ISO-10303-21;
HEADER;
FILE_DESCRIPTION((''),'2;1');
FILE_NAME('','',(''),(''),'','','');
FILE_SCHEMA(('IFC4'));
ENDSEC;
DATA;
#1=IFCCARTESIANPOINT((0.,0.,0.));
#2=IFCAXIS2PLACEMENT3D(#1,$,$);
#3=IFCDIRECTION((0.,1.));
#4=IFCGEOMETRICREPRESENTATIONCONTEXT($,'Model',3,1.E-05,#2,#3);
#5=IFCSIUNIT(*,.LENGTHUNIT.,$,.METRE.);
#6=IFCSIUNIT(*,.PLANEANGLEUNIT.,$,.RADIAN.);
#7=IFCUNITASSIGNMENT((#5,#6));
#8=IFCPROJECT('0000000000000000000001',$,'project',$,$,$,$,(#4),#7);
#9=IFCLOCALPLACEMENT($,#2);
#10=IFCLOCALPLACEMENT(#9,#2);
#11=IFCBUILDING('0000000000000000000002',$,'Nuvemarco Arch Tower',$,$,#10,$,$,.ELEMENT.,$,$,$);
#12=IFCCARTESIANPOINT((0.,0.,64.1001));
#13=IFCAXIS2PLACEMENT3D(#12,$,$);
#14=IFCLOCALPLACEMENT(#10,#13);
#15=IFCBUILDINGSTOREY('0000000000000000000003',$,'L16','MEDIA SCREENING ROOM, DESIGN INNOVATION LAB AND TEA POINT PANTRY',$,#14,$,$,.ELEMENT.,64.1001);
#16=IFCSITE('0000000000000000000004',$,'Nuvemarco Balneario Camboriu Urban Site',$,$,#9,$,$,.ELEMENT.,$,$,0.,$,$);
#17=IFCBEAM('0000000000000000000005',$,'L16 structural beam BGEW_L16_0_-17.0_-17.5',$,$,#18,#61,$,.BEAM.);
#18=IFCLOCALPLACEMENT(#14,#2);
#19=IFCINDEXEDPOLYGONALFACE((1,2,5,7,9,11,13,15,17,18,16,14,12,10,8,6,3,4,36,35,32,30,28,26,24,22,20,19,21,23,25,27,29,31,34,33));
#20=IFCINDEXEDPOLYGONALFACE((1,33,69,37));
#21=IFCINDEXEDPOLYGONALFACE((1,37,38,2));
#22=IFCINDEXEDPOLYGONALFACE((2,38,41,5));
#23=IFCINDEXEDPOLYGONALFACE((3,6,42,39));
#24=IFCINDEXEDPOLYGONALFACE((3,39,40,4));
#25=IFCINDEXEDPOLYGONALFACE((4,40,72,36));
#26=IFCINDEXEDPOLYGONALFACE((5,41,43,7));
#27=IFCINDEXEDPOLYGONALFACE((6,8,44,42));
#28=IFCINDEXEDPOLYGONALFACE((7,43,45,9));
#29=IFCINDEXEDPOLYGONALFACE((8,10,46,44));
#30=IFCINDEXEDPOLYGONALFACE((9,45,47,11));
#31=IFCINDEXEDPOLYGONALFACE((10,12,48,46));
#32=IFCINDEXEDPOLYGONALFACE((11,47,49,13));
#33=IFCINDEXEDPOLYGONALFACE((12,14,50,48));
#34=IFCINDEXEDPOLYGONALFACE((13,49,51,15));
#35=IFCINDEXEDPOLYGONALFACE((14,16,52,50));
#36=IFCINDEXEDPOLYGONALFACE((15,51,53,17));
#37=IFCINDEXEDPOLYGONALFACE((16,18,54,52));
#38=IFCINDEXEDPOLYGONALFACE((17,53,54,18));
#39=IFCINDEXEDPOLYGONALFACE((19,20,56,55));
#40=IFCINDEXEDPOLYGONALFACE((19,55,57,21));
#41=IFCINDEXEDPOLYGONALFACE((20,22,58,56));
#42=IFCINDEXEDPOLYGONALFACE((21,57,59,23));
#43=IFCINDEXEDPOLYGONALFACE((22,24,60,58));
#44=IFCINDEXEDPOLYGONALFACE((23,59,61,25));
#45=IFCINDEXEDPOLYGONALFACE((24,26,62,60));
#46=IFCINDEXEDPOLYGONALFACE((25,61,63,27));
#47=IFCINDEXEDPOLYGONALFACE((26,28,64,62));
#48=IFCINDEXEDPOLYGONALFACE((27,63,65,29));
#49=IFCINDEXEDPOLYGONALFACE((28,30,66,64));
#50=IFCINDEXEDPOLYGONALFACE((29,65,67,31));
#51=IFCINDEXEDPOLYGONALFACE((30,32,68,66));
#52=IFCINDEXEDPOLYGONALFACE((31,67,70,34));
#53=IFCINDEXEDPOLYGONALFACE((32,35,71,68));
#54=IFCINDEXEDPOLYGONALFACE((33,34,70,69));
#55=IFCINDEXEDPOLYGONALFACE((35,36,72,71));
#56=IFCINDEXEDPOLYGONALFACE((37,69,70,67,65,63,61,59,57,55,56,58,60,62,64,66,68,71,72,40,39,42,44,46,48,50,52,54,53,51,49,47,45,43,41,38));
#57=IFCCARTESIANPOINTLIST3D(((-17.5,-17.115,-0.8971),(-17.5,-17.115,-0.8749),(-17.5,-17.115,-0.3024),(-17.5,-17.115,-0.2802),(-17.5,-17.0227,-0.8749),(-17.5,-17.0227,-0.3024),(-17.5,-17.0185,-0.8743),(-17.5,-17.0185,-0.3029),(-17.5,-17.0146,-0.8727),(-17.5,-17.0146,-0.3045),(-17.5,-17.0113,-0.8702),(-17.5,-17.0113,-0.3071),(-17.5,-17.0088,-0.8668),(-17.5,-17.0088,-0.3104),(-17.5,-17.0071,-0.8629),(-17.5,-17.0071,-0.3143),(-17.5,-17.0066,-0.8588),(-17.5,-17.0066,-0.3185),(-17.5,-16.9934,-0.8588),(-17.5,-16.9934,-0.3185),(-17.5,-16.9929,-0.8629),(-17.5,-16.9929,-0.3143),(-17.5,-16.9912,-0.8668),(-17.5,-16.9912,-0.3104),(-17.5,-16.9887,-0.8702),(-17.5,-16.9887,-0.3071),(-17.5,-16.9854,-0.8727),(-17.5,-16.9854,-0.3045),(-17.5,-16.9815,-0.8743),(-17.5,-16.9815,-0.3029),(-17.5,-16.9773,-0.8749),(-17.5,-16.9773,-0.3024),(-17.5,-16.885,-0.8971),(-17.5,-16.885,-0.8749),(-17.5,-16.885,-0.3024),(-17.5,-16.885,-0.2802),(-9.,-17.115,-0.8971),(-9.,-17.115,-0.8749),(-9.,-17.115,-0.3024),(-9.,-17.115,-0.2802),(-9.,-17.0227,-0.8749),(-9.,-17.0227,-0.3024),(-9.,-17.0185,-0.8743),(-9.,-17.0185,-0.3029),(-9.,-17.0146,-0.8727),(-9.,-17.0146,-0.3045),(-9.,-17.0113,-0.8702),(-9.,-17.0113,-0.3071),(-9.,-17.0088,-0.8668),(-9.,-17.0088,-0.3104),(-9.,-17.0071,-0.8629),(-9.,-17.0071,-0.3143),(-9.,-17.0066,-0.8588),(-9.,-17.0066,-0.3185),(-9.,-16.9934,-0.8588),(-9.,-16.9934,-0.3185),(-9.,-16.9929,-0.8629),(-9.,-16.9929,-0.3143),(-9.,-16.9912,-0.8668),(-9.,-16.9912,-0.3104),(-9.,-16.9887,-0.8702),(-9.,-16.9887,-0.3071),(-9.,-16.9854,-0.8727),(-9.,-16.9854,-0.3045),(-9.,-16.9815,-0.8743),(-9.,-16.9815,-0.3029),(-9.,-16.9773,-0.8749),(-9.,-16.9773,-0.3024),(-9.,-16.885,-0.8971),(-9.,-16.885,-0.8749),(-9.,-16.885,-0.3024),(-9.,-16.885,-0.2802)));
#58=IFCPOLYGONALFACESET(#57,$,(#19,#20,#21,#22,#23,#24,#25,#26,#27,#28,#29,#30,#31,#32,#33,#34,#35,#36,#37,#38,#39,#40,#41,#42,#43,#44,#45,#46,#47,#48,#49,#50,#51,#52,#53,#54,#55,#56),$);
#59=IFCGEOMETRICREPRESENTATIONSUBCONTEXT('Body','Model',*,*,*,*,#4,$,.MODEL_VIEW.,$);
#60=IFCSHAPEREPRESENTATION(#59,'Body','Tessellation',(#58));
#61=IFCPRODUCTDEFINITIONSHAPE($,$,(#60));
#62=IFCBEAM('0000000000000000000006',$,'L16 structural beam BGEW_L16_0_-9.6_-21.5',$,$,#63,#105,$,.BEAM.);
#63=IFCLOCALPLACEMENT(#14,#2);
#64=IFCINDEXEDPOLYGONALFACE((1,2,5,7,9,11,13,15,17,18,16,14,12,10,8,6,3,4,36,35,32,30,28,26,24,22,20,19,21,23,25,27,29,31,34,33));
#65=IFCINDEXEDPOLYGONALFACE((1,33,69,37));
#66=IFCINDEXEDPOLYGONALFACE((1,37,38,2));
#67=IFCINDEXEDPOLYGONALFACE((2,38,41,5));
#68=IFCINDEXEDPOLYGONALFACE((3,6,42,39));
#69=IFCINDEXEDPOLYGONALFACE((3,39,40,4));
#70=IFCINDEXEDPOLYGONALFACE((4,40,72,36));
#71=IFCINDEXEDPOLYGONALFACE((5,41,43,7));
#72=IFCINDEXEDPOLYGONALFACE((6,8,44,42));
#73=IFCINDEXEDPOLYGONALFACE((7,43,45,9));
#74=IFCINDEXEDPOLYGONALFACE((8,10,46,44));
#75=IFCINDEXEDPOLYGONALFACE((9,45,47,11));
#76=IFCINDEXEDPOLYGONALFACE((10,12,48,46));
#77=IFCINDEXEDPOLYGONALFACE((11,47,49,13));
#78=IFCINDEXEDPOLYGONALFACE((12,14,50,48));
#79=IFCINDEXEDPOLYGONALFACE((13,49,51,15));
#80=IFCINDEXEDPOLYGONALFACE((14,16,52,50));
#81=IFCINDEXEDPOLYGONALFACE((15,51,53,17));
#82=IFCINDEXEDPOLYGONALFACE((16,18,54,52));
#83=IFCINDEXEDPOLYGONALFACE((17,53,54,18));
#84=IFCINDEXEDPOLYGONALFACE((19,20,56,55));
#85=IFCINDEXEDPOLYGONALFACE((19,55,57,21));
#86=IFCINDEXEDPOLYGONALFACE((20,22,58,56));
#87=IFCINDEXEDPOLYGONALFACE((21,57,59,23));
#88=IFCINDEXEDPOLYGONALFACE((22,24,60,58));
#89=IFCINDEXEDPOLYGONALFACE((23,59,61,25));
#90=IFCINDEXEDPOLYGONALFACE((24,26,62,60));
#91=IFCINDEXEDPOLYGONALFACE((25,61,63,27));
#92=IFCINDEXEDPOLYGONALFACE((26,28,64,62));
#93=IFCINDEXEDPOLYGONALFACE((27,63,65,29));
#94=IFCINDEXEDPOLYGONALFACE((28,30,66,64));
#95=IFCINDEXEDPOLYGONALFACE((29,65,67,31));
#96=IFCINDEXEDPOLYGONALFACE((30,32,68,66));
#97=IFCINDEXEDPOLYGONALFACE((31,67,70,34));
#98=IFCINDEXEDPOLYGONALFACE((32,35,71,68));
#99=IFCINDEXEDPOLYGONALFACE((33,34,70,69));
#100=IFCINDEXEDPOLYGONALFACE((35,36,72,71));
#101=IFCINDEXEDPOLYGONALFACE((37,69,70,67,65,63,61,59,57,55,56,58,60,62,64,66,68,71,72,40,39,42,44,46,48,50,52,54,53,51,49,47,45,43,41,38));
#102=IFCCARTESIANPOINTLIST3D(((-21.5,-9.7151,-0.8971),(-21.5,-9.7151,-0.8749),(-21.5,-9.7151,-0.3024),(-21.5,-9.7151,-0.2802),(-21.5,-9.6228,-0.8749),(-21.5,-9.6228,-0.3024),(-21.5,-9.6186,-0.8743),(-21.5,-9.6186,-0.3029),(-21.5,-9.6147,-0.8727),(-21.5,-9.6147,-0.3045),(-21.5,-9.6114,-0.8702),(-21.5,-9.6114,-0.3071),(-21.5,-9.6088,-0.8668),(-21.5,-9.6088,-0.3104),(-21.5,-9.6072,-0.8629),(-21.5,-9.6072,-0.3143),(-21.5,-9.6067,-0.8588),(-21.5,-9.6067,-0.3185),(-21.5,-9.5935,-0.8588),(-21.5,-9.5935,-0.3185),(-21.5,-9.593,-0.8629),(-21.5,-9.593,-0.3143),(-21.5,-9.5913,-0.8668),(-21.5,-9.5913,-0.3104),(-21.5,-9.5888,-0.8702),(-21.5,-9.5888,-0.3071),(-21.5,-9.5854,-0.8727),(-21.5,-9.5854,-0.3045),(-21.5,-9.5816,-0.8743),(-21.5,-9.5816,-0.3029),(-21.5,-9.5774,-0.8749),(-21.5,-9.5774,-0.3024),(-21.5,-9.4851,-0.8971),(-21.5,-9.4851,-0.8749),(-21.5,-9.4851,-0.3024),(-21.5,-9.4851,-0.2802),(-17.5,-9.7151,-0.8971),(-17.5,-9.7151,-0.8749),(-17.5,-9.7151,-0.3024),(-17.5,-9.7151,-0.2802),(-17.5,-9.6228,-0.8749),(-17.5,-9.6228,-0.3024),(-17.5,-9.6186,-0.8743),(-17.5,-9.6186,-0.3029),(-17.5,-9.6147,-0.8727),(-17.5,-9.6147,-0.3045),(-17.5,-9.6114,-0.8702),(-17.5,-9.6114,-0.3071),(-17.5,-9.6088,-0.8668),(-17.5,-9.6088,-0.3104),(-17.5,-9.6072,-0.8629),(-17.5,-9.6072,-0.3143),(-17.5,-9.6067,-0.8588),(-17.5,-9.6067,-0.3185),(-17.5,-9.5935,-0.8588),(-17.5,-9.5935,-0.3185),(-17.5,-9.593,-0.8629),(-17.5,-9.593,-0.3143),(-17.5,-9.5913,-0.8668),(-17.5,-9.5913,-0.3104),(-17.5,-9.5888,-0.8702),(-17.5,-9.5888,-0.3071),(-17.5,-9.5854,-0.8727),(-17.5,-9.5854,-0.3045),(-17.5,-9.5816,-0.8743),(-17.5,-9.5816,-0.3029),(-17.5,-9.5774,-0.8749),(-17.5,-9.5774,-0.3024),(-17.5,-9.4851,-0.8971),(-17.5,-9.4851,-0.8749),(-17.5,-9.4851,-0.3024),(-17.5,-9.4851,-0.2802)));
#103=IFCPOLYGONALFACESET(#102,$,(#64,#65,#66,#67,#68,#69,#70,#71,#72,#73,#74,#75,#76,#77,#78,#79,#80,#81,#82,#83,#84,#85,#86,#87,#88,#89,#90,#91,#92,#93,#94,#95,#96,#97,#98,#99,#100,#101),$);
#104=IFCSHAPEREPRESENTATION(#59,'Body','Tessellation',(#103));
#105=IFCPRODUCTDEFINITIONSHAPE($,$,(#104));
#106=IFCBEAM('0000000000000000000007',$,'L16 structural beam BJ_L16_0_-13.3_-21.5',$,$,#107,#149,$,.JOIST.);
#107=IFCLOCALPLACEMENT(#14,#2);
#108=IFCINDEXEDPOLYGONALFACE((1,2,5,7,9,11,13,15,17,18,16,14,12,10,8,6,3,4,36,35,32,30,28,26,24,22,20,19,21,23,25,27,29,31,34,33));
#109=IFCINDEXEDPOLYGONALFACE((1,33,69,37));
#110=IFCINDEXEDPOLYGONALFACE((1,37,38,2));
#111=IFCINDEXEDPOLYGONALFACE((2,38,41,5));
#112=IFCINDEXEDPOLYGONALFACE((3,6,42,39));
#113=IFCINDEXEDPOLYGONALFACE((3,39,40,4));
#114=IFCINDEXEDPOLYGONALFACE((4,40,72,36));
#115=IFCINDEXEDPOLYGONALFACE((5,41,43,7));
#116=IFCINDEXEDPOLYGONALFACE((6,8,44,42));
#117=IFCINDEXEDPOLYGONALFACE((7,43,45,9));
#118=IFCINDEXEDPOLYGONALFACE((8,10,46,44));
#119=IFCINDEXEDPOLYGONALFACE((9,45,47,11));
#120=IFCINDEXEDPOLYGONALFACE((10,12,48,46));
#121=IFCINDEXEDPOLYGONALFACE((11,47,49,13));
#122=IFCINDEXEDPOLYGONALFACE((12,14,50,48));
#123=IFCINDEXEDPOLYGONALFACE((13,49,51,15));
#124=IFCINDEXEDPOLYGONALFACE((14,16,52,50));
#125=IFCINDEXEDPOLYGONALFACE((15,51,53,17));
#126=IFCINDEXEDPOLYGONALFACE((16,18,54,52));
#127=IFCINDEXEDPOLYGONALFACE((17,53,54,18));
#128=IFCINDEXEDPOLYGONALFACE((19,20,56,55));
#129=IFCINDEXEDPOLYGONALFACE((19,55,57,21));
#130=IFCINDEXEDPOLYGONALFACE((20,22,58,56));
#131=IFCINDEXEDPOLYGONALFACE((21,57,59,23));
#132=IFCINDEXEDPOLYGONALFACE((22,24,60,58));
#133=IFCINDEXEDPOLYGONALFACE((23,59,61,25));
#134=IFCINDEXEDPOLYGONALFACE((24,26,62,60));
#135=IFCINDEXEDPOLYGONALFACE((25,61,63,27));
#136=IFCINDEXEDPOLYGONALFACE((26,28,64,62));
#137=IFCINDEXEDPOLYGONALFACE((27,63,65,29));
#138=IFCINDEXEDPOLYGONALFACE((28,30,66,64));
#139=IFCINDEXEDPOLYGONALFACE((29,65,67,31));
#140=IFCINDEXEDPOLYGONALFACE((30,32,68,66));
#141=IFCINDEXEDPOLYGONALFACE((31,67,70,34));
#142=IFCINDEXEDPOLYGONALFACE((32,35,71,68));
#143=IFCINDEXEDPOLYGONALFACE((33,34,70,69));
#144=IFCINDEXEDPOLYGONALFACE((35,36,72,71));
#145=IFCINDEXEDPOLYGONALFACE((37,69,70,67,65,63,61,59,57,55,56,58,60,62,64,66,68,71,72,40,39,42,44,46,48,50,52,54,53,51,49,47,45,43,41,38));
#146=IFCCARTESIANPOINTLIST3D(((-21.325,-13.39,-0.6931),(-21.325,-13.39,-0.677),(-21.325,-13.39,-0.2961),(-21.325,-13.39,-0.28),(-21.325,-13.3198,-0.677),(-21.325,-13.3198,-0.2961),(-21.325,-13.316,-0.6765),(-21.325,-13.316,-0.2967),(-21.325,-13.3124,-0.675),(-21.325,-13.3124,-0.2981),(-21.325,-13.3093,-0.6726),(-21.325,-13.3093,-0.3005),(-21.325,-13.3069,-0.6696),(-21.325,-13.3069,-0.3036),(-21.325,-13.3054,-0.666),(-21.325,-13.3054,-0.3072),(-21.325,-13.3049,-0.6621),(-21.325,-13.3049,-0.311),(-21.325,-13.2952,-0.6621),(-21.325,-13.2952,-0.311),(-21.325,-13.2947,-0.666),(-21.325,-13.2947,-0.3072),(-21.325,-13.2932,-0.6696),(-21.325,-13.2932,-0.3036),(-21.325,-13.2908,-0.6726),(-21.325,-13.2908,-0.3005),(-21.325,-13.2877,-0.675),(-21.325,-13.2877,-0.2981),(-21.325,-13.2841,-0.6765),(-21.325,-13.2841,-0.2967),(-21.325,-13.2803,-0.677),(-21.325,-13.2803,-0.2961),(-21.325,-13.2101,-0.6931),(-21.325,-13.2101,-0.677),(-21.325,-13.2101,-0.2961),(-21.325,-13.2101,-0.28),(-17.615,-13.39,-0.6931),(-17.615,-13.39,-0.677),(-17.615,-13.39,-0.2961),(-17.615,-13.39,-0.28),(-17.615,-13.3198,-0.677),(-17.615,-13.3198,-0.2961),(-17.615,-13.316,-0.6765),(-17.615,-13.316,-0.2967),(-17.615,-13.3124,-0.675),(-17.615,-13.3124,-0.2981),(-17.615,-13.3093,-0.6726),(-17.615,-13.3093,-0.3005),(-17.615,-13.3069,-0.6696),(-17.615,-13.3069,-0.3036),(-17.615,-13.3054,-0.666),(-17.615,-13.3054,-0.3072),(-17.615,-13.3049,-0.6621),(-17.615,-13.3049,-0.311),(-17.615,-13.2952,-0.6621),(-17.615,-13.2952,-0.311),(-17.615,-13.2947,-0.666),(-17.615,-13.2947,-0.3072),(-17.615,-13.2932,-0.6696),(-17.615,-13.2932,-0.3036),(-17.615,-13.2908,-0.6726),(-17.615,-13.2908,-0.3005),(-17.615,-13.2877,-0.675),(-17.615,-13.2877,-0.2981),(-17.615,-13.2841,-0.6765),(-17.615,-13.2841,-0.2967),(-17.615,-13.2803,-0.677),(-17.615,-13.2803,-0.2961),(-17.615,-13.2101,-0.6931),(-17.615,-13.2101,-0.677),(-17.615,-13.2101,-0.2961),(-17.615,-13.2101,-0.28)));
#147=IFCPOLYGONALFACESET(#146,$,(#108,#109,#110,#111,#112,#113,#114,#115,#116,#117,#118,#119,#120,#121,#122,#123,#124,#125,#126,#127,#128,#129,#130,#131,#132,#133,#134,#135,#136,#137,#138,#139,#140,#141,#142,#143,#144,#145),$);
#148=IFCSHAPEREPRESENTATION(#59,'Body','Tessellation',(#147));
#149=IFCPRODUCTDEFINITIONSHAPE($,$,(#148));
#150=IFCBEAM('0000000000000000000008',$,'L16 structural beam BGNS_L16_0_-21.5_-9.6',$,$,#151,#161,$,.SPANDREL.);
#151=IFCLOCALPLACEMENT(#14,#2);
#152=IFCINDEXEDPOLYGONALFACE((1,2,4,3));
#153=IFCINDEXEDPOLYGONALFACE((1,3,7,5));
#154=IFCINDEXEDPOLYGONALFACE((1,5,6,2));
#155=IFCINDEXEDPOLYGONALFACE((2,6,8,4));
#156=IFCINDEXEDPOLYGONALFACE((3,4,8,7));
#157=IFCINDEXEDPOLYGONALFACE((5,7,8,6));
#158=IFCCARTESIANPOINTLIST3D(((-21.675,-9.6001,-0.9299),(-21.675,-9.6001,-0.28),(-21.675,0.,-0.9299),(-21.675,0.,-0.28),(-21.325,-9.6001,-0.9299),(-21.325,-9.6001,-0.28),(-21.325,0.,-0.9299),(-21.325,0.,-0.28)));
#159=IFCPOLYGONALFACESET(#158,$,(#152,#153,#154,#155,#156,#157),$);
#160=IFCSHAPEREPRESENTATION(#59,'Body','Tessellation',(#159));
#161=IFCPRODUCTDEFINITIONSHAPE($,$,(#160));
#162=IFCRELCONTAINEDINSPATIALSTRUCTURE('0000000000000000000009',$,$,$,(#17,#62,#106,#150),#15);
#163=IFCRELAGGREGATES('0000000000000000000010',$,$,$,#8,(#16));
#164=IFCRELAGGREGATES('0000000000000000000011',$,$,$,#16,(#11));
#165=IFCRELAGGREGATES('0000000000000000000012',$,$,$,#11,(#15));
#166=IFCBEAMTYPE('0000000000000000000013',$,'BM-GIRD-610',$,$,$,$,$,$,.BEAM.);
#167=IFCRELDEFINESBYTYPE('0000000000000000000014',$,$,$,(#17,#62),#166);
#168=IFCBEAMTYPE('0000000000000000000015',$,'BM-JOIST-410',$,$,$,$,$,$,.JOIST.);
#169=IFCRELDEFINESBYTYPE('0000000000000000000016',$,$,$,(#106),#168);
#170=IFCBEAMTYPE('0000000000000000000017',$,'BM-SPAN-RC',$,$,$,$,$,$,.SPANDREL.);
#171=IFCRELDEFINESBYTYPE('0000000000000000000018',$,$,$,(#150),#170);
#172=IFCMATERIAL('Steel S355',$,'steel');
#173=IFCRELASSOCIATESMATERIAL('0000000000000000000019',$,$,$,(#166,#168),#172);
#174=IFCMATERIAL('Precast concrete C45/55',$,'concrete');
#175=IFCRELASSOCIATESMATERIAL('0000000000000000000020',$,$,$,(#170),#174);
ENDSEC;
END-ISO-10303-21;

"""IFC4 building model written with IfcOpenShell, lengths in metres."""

from ifc_helpers import new_model, si_unit, direction, frame, origin, origin_2d, place, context, subcontext, project, spatial, rectangle, i_section, extrude, material, material_profile, profile_set, type_object, element, save


model = new_model("IFC4")

# Units and contexts
model_context = context("Model", 3, precision=1e-05, world=origin(), true_north=direction((0.0, 1.0)))
body_context = subcontext(model_context, "Body", "Model", "MODEL_VIEW")
ifc_project = project(units=[si_unit("LENGTHUNIT", "METRE"), si_unit("PLANEANGLEUNIT", "RADIAN")], contexts=[model_context])

# Site, building, storey
site_placement = place(None, origin())
site = spatial("IfcSite", under=ifc_project, at=site_placement, Name="Nuvemarco Balneario Camboriu Urban Site", CompositionType="ELEMENT", RefElevation=0.0)
building_placement = place(site_placement, origin())
building = spatial("IfcBuilding", under=site, at=building_placement, Name="Nuvemarco Arch Tower", CompositionType="ELEMENT")
storey_placement = place(building_placement, frame((0.0, 0.0, 64.1001)))
storey = spatial("IfcBuildingStorey", under=building, at=storey_placement, Name="L16", Description="MEDIA SCREENING ROOM, DESIGN INNOVATION LAB AND TEA POINT PANTRY", CompositionType="ELEMENT", Elevation=64.1001)

# Shared definitions
ifc_material_1 = material(Name="Steel S355", Category="steel")

# Beams
ifc_material_profile_1 = material_profile(ifc_material_1, i_section(OverallWidth=0.23, OverallDepth=0.6169, WebThickness=0.0132, FlangeThickness=0.0222, FilletRadius=0.0161, at=origin_2d()), Name="W610x140")
ifc_profile_set_1 = profile_set([ifc_material_profile_1], Name="Steel S355")
beam_type_1 = type_object("IfcBeamType", Name="BM-GIRD-610", PredefinedType="BEAM", material=ifc_profile_set_1)
beam_1_placement = place(storey_placement, frame((-17.5, -17.0, -0.5886), z_axis=(1.0, 0.0, 0.0), x_axis=(0.0, 1.0, 0.0)))
element("IfcBeam", 1, at=beam_1_placement, inside=storey, type_object=beam_type_1, Name="L16 structural beam BGEW_L16_0_-17.0_-17.5", PredefinedType="BEAM", context=body_context, shape_type="SweptSolid", body=[
    extrude(i_section(OverallWidth=0.23, OverallDepth=0.6169, WebThickness=0.0132, FlangeThickness=0.0222, FilletRadius=0.0161, at=origin_2d()), origin(), (0.0, 0.0, 1.0), 8.5),
])
beam_2_placement = place(storey_placement, frame((-21.5, -9.6001, -0.5886), z_axis=(1.0, 0.0, 0.0), x_axis=(0.0, 1.0, 0.0)))
element("IfcBeam", 2, at=beam_2_placement, inside=storey, type_object=beam_type_1, Name="L16 structural beam BGEW_L16_0_-9.6_-21.5", PredefinedType="BEAM", context=body_context, shape_type="SweptSolid", body=[
    extrude(i_section(OverallWidth=0.23, OverallDepth=0.6169, WebThickness=0.0132, FlangeThickness=0.0222, FilletRadius=0.0161, at=origin_2d()), origin(), (0.0, 0.0, 1.0), 4.0),
])
ifc_material_profile_2 = material_profile(ifc_material_1, i_section(OverallWidth=0.1799, OverallDepth=0.4131, WebThickness=0.0098, FlangeThickness=0.0161, FilletRadius=0.0149, at=origin_2d()), Name="W410x75")
ifc_profile_set_2 = profile_set([ifc_material_profile_2], Name="Steel S355")
beam_type_2 = type_object("IfcBeamType", Name="BM-JOIST-410", PredefinedType="JOIST", material=ifc_profile_set_2)
beam_3_placement = place(storey_placement, frame((-21.325, -13.3, -0.4866), z_axis=(1.0, 0.0, 0.0), x_axis=(0.0, 1.0, 0.0)))
element("IfcBeam", 3, at=beam_3_placement, inside=storey, type_object=beam_type_2, Name="L16 structural beam BJ_L16_0_-13.3_-21.5", PredefinedType="JOIST", context=body_context, shape_type="SweptSolid", body=[
    extrude(i_section(OverallWidth=0.1799, OverallDepth=0.4131, WebThickness=0.0098, FlangeThickness=0.0161, FilletRadius=0.0149, at=origin_2d()), origin(), (0.0, 0.0, 1.0), 3.71),
])
ifc_material_2 = material(Name="Precast concrete C45/55", Category="concrete")
ifc_material_profile_3 = material_profile(ifc_material_2, rectangle(XDim=0.3501, YDim=0.6499, at=origin_2d()), Name="PC-SP-350x650")
ifc_profile_set_3 = profile_set([ifc_material_profile_3], Name="Precast concrete C45/55")
beam_type_3 = type_object("IfcBeamType", Name="BM-SPAN-RC", PredefinedType="SPANDREL", material=ifc_profile_set_3)
beam_4_placement = place(storey_placement, frame((-21.5, -9.6001, -0.605), z_axis=(0.0, 1.0, 0.0), x_axis=(-1.0, 0.0, 0.0)))
element("IfcBeam", 4, at=beam_4_placement, inside=storey, type_object=beam_type_3, Name="L16 structural beam BGNS_L16_0_-21.5_-9.6", PredefinedType="SPANDREL", context=body_context, shape_type="SweptSolid", body=[
    extrude(rectangle(XDim=0.3501, YDim=0.6499, at=origin_2d()), origin(), (0.0, 0.0, 1.0), 9.6001),
])

save(model, "model.ifc")
